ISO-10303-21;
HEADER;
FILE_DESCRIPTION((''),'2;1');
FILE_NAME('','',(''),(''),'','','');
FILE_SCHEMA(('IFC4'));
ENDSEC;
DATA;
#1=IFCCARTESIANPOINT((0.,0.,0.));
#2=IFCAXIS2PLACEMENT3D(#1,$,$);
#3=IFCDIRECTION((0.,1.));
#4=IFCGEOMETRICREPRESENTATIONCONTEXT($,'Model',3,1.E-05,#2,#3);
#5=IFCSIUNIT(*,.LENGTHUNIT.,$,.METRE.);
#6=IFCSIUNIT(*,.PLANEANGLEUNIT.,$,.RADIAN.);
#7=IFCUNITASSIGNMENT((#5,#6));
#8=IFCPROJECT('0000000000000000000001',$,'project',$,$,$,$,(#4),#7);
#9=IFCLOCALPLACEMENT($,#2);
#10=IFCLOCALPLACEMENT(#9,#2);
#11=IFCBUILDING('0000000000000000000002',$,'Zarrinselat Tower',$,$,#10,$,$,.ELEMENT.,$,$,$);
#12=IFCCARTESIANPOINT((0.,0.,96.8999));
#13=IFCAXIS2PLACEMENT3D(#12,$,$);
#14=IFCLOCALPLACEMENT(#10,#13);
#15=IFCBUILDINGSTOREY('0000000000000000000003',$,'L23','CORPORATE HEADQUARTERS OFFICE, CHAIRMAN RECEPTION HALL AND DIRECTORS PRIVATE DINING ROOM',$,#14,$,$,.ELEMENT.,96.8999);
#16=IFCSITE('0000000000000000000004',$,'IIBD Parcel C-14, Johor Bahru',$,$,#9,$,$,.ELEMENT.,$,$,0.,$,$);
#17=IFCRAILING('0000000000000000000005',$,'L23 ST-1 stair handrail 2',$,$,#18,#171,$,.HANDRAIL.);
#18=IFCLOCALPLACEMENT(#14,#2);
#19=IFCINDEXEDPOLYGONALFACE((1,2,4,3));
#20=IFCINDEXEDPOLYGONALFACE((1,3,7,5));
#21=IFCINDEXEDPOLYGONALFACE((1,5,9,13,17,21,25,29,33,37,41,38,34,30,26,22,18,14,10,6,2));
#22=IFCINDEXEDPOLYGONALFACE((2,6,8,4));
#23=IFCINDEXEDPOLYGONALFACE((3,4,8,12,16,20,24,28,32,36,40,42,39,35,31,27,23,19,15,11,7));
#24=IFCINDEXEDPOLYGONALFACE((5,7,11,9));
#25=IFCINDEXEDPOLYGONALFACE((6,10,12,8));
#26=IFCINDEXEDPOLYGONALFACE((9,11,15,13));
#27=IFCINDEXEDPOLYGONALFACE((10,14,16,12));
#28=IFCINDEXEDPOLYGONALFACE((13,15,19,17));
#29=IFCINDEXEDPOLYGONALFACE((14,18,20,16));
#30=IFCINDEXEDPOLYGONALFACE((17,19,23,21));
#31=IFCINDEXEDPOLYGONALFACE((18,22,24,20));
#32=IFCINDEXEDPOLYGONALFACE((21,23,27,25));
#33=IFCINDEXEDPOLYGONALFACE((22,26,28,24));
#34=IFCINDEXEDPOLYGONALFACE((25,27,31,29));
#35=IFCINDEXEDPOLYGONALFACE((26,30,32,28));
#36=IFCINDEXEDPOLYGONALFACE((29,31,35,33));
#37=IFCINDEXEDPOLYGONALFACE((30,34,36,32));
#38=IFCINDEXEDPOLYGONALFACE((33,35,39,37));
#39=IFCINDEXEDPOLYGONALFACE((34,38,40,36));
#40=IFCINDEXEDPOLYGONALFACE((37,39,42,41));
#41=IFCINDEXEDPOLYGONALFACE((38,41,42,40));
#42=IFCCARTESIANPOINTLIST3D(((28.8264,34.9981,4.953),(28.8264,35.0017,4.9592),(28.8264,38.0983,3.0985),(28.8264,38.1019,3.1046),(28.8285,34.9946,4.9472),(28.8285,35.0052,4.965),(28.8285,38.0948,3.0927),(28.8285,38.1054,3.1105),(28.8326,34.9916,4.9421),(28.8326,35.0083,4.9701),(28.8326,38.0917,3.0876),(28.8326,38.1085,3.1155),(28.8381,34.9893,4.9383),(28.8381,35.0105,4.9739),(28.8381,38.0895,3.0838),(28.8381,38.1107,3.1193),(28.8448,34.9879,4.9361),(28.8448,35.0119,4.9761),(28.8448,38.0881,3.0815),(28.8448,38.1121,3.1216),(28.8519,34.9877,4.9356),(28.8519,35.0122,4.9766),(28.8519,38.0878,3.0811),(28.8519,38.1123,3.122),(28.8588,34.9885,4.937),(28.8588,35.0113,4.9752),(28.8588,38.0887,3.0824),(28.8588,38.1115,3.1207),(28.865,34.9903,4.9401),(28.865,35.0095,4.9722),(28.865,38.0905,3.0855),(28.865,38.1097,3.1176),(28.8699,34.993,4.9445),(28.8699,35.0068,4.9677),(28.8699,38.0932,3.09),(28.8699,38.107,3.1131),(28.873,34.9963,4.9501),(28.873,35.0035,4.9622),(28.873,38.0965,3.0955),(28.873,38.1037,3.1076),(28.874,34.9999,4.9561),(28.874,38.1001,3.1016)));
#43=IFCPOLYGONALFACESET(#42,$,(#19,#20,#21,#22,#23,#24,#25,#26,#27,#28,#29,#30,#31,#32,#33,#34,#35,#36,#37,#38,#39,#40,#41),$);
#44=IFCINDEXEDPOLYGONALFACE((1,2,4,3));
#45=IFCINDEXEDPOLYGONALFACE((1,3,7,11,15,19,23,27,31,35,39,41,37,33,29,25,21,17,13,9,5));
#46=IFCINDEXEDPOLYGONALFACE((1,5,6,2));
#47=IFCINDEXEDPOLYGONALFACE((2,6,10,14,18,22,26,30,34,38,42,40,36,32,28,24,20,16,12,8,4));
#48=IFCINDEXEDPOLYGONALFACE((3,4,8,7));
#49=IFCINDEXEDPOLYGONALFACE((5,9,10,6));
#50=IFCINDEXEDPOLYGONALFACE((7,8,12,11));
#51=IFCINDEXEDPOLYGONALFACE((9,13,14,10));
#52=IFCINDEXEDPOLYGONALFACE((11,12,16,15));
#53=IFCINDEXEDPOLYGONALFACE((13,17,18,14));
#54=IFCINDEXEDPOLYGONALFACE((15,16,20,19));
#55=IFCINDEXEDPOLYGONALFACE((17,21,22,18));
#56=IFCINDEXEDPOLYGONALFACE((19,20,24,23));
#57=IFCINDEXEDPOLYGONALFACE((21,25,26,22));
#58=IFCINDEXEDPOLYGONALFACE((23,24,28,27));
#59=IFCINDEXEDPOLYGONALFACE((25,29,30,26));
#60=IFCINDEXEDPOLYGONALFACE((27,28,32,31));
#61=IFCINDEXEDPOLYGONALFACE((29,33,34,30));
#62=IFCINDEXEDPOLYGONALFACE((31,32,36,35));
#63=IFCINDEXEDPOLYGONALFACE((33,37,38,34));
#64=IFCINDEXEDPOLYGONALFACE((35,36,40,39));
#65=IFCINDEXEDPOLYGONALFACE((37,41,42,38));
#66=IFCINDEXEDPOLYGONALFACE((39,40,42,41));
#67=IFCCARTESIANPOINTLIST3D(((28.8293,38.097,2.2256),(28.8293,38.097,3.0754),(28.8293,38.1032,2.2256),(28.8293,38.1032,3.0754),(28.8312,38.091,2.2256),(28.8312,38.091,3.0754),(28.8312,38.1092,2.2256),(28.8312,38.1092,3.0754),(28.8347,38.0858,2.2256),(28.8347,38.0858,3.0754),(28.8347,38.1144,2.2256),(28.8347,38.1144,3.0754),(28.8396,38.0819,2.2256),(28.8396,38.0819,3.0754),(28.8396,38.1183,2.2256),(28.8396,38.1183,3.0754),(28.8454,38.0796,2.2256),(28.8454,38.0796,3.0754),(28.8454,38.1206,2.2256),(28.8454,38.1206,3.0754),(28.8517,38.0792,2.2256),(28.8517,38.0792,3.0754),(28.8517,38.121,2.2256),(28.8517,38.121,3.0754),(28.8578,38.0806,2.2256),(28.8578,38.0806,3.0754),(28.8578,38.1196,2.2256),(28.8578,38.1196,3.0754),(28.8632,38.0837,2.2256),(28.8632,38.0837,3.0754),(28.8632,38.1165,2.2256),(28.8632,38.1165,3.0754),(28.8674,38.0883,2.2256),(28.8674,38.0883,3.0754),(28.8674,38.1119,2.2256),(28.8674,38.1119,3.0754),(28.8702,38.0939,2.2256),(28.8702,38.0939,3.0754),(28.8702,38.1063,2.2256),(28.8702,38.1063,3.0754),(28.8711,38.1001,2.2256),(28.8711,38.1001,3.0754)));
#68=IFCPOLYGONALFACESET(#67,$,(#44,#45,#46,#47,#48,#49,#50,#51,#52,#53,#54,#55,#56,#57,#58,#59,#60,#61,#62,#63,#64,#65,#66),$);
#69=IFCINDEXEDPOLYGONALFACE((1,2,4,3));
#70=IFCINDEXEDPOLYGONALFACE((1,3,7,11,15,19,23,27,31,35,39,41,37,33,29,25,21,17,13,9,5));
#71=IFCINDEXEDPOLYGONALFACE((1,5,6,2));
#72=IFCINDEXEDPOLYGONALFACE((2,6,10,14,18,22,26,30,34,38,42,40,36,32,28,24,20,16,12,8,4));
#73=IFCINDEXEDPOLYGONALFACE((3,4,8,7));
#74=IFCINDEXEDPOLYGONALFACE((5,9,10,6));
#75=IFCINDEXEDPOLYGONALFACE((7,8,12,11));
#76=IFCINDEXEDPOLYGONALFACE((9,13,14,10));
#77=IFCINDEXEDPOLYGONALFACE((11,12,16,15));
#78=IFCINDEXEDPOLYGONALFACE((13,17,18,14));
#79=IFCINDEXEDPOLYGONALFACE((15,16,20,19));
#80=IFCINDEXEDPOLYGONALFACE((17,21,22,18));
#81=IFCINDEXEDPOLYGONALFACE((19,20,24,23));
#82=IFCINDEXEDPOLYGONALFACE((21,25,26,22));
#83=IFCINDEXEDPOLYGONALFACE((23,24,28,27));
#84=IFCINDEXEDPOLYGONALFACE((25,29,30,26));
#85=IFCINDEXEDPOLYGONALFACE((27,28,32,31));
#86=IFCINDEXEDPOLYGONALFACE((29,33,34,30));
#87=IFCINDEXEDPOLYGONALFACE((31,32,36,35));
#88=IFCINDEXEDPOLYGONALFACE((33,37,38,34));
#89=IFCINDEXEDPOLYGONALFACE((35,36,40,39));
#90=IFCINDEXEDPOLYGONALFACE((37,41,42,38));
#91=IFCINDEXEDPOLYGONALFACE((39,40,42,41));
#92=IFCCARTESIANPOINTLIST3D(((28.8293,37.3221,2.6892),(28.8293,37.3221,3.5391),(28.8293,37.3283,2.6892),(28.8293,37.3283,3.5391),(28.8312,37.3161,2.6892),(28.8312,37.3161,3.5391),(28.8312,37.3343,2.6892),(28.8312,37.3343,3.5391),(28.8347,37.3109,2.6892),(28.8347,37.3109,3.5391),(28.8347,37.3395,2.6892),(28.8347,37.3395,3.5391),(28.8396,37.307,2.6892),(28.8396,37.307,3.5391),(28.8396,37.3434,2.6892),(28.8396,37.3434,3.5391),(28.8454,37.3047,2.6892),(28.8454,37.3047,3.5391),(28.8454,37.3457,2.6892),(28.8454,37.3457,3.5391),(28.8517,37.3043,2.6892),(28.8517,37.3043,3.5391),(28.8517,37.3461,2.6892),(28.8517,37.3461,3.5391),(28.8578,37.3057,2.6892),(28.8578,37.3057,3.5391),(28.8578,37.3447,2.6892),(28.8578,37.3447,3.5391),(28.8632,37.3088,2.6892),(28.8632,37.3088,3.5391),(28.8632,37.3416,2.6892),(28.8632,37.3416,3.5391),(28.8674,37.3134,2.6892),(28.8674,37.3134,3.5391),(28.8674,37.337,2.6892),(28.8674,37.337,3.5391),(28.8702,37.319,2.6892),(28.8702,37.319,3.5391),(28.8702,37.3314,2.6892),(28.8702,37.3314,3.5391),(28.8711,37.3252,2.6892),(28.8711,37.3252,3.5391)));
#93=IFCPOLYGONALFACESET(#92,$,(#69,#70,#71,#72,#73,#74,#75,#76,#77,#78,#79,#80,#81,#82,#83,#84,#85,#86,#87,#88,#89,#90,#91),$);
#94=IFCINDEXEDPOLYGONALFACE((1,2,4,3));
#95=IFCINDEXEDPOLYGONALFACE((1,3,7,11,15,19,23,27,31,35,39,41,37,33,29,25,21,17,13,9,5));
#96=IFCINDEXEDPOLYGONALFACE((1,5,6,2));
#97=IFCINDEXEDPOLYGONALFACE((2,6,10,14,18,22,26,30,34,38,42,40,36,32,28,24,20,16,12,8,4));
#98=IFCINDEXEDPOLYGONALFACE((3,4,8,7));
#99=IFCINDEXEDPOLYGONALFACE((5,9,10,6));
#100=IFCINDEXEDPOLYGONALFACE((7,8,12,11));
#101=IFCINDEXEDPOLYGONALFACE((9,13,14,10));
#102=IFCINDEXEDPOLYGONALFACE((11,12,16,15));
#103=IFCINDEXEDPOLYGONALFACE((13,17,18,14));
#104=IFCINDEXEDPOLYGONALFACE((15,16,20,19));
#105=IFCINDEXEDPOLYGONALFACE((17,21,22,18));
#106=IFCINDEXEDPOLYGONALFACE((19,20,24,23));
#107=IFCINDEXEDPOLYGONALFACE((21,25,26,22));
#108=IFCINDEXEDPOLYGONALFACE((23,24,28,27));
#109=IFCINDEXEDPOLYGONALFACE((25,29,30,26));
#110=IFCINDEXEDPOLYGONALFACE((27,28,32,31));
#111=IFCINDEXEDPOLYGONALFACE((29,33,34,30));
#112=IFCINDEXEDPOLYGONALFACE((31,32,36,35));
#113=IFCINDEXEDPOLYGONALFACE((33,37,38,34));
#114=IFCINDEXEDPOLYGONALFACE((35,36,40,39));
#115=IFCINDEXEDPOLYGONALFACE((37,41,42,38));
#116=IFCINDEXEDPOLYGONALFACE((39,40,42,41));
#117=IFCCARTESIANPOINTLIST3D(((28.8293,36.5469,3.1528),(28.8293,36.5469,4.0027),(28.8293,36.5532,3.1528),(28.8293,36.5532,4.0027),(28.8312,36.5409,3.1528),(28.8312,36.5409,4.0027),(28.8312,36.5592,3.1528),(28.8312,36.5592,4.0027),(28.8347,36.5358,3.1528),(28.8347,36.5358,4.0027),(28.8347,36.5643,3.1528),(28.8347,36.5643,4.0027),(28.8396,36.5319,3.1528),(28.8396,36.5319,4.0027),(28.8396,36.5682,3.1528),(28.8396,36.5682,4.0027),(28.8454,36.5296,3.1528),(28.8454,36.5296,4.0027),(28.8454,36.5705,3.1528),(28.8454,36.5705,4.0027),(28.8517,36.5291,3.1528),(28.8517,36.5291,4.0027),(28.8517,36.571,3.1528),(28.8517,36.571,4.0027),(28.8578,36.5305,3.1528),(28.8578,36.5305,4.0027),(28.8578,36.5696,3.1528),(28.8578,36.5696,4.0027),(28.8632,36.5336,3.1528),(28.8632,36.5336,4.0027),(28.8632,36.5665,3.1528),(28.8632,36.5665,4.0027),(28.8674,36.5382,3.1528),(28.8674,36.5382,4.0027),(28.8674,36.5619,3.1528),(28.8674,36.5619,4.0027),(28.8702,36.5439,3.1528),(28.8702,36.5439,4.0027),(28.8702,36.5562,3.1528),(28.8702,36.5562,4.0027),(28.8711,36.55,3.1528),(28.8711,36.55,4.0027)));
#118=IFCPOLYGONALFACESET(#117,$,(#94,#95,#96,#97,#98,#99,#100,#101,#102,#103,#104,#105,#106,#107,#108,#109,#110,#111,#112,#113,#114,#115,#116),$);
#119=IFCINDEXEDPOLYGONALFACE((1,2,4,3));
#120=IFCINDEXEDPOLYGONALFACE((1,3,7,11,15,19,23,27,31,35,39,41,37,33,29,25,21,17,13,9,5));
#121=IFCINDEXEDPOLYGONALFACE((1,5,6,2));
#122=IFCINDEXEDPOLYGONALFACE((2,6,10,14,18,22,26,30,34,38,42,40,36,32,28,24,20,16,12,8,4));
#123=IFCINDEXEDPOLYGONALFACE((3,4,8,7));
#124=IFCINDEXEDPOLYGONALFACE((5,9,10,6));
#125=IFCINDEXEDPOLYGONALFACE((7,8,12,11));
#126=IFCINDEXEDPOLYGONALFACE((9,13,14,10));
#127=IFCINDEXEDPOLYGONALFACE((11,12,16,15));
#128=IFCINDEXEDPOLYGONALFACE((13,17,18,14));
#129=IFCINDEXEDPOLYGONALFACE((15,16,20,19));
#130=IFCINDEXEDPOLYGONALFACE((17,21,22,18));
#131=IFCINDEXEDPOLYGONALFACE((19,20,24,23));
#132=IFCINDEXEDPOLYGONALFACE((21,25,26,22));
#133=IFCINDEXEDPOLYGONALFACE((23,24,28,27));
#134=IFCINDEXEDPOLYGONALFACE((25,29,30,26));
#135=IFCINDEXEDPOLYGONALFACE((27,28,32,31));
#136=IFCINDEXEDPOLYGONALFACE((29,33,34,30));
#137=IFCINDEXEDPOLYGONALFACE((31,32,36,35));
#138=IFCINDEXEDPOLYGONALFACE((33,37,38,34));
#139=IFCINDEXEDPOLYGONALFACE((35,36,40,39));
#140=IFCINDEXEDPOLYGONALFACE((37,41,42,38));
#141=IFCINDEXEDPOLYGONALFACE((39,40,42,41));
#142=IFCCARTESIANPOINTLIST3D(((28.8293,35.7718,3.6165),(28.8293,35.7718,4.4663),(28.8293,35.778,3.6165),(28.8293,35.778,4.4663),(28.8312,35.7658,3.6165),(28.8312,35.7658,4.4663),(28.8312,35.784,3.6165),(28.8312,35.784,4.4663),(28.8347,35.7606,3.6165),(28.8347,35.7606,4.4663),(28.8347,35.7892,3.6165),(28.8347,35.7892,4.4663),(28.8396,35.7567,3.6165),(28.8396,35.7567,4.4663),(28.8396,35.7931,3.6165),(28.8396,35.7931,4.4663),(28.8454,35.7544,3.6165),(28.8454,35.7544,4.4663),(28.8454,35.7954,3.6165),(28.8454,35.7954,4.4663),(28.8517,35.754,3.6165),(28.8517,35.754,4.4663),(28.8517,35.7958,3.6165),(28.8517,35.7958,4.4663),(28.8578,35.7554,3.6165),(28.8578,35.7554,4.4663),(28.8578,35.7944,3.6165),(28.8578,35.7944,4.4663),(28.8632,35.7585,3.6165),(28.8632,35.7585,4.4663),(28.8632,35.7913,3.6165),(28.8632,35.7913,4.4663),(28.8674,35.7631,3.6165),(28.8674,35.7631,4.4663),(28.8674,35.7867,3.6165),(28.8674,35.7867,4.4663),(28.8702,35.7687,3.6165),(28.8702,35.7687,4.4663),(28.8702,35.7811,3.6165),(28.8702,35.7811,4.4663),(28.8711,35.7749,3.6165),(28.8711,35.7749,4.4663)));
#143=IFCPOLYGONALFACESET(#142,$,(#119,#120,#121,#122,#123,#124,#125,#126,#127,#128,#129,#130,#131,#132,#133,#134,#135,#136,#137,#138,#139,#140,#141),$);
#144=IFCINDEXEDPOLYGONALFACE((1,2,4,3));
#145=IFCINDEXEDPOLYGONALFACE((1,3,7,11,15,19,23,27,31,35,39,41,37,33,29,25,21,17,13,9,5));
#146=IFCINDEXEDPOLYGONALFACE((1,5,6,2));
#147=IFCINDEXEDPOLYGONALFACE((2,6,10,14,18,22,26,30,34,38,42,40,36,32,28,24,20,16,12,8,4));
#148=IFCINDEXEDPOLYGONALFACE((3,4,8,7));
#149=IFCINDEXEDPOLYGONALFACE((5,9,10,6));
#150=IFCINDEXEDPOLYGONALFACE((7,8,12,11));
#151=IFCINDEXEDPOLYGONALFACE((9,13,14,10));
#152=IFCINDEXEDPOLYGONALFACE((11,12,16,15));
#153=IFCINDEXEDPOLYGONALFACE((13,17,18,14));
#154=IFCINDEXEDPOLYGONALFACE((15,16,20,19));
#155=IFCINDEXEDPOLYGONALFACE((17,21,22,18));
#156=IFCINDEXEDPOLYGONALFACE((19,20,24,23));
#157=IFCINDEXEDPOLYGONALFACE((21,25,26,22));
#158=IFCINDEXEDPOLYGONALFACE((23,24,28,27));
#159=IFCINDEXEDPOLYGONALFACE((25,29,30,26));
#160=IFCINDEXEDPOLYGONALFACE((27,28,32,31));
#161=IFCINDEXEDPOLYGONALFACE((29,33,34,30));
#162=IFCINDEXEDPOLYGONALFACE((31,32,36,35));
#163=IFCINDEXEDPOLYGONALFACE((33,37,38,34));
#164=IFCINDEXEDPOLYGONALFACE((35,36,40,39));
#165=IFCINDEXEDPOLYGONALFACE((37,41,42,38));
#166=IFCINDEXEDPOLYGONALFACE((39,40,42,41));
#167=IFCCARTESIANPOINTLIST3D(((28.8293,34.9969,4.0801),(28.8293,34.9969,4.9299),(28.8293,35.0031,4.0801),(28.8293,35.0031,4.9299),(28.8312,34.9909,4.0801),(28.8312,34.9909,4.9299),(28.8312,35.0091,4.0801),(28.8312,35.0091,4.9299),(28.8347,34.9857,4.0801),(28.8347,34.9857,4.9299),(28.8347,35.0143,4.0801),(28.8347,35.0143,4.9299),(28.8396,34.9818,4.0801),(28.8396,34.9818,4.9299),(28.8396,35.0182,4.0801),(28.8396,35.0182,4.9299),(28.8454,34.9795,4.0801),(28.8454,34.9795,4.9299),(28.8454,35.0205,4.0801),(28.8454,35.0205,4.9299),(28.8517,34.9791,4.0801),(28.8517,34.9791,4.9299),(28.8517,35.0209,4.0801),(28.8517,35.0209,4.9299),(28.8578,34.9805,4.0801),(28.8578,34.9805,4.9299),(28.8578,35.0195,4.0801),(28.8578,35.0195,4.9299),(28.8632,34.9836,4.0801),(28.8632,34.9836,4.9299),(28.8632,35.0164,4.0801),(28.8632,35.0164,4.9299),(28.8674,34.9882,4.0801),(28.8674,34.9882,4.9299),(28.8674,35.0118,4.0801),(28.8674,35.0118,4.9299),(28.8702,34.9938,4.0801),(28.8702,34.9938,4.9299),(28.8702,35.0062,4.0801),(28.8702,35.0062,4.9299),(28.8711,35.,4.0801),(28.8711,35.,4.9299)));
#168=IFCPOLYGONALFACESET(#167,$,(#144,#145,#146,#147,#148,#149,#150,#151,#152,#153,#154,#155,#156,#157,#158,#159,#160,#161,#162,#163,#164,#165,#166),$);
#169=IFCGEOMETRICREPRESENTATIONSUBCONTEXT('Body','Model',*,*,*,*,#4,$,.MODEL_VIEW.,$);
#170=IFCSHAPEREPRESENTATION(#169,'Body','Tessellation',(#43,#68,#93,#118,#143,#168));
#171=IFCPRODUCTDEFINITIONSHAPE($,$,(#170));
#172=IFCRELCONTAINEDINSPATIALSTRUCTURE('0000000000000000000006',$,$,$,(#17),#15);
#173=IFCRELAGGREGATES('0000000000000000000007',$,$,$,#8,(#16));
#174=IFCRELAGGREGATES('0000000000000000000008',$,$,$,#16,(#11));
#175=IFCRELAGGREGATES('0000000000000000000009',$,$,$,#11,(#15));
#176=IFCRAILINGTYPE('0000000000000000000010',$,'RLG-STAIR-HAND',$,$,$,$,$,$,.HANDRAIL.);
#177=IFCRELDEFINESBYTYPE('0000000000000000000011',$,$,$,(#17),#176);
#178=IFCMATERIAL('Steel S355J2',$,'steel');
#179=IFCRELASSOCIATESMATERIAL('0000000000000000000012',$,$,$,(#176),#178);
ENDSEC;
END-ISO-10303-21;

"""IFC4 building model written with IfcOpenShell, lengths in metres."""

from ifc_helpers import new_model, si_unit, direction, frame, origin, origin_2d, place, context, subcontext, project, spatial, circle, extrude, material, type_object, element, save


model = new_model("IFC4")

# Units and contexts
model_context = context("Model", 3, precision=1e-05, world=origin(), true_north=direction((0.0, 1.0)))
body_context = subcontext(model_context, "Body", "Model", "MODEL_VIEW")
ifc_project = project(units=[si_unit("LENGTHUNIT", "METRE"), si_unit("PLANEANGLEUNIT", "RADIAN")], contexts=[model_context])

# Site, building, storey
site_placement = place(None, origin())
site = spatial("IfcSite", under=ifc_project, at=site_placement, Name="IIBD Parcel C-14, Johor Bahru", CompositionType="ELEMENT", RefElevation=0.0)
building_placement = place(site_placement, origin())
building = spatial("IfcBuilding", under=site, at=building_placement, Name="Zarrinselat Tower", CompositionType="ELEMENT")
storey_placement = place(building_placement, frame((0.0, 0.0, 96.8999)))
storey = spatial("IfcBuildingStorey", under=building, at=storey_placement, Name="L23", Description="CORPORATE HEADQUARTERS OFFICE, CHAIRMAN RECEPTION HALL AND DIRECTORS PRIVATE DINING ROOM", CompositionType="ELEMENT", Elevation=96.8999)

# Railing
ifc_material_1 = material(Name="Steel S355J2", Category="steel")
railing_type_1 = type_object("IfcRailingType", Name="RLG-STAIR-HAND", PredefinedType="HANDRAIL", material=ifc_material_1)
railing_1_placement = place(storey_placement, frame((28.8501, 38.1001, 2.2256)))
element("IfcRailing", 1, at=railing_1_placement, inside=storey, type_object=railing_type_1, Name="L23 ST-1 stair handrail 2", PredefinedType="HANDRAIL", context=body_context, shape_type="SweptSolid", body=[
    extrude(circle(Radius=0.0239, at=origin_2d()), frame((0.0, 0.0, 0.876), z_axis=(0.0, -0.858172, 0.513362), x_axis=(1.0, 0.0, 0.0)), (0.0, 0.0, 1.0), 3.6125),
    extrude(circle(Radius=0.021, at=origin_2d()), origin(), (0.0, 0.0, 1.0), 0.8499),
    extrude(circle(Radius=0.021, at=origin_2d()), frame((0.0, -0.7749, 0.4636)), (0.0, 0.0, 1.0), 0.8499),
    extrude(circle(Radius=0.021, at=origin_2d()), frame((0.0, -1.55, 0.9272)), (0.0, 0.0, 1.0), 0.8499),
    extrude(circle(Radius=0.021, at=origin_2d()), frame((0.0, -2.3252, 1.3909)), (0.0, 0.0, 1.0), 0.8499),
    extrude(circle(Radius=0.021, at=origin_2d()), frame((0.0, -3.1001, 1.8545)), (0.0, 0.0, 1.0), 0.8499),
])

save(model, "model.ifc")
